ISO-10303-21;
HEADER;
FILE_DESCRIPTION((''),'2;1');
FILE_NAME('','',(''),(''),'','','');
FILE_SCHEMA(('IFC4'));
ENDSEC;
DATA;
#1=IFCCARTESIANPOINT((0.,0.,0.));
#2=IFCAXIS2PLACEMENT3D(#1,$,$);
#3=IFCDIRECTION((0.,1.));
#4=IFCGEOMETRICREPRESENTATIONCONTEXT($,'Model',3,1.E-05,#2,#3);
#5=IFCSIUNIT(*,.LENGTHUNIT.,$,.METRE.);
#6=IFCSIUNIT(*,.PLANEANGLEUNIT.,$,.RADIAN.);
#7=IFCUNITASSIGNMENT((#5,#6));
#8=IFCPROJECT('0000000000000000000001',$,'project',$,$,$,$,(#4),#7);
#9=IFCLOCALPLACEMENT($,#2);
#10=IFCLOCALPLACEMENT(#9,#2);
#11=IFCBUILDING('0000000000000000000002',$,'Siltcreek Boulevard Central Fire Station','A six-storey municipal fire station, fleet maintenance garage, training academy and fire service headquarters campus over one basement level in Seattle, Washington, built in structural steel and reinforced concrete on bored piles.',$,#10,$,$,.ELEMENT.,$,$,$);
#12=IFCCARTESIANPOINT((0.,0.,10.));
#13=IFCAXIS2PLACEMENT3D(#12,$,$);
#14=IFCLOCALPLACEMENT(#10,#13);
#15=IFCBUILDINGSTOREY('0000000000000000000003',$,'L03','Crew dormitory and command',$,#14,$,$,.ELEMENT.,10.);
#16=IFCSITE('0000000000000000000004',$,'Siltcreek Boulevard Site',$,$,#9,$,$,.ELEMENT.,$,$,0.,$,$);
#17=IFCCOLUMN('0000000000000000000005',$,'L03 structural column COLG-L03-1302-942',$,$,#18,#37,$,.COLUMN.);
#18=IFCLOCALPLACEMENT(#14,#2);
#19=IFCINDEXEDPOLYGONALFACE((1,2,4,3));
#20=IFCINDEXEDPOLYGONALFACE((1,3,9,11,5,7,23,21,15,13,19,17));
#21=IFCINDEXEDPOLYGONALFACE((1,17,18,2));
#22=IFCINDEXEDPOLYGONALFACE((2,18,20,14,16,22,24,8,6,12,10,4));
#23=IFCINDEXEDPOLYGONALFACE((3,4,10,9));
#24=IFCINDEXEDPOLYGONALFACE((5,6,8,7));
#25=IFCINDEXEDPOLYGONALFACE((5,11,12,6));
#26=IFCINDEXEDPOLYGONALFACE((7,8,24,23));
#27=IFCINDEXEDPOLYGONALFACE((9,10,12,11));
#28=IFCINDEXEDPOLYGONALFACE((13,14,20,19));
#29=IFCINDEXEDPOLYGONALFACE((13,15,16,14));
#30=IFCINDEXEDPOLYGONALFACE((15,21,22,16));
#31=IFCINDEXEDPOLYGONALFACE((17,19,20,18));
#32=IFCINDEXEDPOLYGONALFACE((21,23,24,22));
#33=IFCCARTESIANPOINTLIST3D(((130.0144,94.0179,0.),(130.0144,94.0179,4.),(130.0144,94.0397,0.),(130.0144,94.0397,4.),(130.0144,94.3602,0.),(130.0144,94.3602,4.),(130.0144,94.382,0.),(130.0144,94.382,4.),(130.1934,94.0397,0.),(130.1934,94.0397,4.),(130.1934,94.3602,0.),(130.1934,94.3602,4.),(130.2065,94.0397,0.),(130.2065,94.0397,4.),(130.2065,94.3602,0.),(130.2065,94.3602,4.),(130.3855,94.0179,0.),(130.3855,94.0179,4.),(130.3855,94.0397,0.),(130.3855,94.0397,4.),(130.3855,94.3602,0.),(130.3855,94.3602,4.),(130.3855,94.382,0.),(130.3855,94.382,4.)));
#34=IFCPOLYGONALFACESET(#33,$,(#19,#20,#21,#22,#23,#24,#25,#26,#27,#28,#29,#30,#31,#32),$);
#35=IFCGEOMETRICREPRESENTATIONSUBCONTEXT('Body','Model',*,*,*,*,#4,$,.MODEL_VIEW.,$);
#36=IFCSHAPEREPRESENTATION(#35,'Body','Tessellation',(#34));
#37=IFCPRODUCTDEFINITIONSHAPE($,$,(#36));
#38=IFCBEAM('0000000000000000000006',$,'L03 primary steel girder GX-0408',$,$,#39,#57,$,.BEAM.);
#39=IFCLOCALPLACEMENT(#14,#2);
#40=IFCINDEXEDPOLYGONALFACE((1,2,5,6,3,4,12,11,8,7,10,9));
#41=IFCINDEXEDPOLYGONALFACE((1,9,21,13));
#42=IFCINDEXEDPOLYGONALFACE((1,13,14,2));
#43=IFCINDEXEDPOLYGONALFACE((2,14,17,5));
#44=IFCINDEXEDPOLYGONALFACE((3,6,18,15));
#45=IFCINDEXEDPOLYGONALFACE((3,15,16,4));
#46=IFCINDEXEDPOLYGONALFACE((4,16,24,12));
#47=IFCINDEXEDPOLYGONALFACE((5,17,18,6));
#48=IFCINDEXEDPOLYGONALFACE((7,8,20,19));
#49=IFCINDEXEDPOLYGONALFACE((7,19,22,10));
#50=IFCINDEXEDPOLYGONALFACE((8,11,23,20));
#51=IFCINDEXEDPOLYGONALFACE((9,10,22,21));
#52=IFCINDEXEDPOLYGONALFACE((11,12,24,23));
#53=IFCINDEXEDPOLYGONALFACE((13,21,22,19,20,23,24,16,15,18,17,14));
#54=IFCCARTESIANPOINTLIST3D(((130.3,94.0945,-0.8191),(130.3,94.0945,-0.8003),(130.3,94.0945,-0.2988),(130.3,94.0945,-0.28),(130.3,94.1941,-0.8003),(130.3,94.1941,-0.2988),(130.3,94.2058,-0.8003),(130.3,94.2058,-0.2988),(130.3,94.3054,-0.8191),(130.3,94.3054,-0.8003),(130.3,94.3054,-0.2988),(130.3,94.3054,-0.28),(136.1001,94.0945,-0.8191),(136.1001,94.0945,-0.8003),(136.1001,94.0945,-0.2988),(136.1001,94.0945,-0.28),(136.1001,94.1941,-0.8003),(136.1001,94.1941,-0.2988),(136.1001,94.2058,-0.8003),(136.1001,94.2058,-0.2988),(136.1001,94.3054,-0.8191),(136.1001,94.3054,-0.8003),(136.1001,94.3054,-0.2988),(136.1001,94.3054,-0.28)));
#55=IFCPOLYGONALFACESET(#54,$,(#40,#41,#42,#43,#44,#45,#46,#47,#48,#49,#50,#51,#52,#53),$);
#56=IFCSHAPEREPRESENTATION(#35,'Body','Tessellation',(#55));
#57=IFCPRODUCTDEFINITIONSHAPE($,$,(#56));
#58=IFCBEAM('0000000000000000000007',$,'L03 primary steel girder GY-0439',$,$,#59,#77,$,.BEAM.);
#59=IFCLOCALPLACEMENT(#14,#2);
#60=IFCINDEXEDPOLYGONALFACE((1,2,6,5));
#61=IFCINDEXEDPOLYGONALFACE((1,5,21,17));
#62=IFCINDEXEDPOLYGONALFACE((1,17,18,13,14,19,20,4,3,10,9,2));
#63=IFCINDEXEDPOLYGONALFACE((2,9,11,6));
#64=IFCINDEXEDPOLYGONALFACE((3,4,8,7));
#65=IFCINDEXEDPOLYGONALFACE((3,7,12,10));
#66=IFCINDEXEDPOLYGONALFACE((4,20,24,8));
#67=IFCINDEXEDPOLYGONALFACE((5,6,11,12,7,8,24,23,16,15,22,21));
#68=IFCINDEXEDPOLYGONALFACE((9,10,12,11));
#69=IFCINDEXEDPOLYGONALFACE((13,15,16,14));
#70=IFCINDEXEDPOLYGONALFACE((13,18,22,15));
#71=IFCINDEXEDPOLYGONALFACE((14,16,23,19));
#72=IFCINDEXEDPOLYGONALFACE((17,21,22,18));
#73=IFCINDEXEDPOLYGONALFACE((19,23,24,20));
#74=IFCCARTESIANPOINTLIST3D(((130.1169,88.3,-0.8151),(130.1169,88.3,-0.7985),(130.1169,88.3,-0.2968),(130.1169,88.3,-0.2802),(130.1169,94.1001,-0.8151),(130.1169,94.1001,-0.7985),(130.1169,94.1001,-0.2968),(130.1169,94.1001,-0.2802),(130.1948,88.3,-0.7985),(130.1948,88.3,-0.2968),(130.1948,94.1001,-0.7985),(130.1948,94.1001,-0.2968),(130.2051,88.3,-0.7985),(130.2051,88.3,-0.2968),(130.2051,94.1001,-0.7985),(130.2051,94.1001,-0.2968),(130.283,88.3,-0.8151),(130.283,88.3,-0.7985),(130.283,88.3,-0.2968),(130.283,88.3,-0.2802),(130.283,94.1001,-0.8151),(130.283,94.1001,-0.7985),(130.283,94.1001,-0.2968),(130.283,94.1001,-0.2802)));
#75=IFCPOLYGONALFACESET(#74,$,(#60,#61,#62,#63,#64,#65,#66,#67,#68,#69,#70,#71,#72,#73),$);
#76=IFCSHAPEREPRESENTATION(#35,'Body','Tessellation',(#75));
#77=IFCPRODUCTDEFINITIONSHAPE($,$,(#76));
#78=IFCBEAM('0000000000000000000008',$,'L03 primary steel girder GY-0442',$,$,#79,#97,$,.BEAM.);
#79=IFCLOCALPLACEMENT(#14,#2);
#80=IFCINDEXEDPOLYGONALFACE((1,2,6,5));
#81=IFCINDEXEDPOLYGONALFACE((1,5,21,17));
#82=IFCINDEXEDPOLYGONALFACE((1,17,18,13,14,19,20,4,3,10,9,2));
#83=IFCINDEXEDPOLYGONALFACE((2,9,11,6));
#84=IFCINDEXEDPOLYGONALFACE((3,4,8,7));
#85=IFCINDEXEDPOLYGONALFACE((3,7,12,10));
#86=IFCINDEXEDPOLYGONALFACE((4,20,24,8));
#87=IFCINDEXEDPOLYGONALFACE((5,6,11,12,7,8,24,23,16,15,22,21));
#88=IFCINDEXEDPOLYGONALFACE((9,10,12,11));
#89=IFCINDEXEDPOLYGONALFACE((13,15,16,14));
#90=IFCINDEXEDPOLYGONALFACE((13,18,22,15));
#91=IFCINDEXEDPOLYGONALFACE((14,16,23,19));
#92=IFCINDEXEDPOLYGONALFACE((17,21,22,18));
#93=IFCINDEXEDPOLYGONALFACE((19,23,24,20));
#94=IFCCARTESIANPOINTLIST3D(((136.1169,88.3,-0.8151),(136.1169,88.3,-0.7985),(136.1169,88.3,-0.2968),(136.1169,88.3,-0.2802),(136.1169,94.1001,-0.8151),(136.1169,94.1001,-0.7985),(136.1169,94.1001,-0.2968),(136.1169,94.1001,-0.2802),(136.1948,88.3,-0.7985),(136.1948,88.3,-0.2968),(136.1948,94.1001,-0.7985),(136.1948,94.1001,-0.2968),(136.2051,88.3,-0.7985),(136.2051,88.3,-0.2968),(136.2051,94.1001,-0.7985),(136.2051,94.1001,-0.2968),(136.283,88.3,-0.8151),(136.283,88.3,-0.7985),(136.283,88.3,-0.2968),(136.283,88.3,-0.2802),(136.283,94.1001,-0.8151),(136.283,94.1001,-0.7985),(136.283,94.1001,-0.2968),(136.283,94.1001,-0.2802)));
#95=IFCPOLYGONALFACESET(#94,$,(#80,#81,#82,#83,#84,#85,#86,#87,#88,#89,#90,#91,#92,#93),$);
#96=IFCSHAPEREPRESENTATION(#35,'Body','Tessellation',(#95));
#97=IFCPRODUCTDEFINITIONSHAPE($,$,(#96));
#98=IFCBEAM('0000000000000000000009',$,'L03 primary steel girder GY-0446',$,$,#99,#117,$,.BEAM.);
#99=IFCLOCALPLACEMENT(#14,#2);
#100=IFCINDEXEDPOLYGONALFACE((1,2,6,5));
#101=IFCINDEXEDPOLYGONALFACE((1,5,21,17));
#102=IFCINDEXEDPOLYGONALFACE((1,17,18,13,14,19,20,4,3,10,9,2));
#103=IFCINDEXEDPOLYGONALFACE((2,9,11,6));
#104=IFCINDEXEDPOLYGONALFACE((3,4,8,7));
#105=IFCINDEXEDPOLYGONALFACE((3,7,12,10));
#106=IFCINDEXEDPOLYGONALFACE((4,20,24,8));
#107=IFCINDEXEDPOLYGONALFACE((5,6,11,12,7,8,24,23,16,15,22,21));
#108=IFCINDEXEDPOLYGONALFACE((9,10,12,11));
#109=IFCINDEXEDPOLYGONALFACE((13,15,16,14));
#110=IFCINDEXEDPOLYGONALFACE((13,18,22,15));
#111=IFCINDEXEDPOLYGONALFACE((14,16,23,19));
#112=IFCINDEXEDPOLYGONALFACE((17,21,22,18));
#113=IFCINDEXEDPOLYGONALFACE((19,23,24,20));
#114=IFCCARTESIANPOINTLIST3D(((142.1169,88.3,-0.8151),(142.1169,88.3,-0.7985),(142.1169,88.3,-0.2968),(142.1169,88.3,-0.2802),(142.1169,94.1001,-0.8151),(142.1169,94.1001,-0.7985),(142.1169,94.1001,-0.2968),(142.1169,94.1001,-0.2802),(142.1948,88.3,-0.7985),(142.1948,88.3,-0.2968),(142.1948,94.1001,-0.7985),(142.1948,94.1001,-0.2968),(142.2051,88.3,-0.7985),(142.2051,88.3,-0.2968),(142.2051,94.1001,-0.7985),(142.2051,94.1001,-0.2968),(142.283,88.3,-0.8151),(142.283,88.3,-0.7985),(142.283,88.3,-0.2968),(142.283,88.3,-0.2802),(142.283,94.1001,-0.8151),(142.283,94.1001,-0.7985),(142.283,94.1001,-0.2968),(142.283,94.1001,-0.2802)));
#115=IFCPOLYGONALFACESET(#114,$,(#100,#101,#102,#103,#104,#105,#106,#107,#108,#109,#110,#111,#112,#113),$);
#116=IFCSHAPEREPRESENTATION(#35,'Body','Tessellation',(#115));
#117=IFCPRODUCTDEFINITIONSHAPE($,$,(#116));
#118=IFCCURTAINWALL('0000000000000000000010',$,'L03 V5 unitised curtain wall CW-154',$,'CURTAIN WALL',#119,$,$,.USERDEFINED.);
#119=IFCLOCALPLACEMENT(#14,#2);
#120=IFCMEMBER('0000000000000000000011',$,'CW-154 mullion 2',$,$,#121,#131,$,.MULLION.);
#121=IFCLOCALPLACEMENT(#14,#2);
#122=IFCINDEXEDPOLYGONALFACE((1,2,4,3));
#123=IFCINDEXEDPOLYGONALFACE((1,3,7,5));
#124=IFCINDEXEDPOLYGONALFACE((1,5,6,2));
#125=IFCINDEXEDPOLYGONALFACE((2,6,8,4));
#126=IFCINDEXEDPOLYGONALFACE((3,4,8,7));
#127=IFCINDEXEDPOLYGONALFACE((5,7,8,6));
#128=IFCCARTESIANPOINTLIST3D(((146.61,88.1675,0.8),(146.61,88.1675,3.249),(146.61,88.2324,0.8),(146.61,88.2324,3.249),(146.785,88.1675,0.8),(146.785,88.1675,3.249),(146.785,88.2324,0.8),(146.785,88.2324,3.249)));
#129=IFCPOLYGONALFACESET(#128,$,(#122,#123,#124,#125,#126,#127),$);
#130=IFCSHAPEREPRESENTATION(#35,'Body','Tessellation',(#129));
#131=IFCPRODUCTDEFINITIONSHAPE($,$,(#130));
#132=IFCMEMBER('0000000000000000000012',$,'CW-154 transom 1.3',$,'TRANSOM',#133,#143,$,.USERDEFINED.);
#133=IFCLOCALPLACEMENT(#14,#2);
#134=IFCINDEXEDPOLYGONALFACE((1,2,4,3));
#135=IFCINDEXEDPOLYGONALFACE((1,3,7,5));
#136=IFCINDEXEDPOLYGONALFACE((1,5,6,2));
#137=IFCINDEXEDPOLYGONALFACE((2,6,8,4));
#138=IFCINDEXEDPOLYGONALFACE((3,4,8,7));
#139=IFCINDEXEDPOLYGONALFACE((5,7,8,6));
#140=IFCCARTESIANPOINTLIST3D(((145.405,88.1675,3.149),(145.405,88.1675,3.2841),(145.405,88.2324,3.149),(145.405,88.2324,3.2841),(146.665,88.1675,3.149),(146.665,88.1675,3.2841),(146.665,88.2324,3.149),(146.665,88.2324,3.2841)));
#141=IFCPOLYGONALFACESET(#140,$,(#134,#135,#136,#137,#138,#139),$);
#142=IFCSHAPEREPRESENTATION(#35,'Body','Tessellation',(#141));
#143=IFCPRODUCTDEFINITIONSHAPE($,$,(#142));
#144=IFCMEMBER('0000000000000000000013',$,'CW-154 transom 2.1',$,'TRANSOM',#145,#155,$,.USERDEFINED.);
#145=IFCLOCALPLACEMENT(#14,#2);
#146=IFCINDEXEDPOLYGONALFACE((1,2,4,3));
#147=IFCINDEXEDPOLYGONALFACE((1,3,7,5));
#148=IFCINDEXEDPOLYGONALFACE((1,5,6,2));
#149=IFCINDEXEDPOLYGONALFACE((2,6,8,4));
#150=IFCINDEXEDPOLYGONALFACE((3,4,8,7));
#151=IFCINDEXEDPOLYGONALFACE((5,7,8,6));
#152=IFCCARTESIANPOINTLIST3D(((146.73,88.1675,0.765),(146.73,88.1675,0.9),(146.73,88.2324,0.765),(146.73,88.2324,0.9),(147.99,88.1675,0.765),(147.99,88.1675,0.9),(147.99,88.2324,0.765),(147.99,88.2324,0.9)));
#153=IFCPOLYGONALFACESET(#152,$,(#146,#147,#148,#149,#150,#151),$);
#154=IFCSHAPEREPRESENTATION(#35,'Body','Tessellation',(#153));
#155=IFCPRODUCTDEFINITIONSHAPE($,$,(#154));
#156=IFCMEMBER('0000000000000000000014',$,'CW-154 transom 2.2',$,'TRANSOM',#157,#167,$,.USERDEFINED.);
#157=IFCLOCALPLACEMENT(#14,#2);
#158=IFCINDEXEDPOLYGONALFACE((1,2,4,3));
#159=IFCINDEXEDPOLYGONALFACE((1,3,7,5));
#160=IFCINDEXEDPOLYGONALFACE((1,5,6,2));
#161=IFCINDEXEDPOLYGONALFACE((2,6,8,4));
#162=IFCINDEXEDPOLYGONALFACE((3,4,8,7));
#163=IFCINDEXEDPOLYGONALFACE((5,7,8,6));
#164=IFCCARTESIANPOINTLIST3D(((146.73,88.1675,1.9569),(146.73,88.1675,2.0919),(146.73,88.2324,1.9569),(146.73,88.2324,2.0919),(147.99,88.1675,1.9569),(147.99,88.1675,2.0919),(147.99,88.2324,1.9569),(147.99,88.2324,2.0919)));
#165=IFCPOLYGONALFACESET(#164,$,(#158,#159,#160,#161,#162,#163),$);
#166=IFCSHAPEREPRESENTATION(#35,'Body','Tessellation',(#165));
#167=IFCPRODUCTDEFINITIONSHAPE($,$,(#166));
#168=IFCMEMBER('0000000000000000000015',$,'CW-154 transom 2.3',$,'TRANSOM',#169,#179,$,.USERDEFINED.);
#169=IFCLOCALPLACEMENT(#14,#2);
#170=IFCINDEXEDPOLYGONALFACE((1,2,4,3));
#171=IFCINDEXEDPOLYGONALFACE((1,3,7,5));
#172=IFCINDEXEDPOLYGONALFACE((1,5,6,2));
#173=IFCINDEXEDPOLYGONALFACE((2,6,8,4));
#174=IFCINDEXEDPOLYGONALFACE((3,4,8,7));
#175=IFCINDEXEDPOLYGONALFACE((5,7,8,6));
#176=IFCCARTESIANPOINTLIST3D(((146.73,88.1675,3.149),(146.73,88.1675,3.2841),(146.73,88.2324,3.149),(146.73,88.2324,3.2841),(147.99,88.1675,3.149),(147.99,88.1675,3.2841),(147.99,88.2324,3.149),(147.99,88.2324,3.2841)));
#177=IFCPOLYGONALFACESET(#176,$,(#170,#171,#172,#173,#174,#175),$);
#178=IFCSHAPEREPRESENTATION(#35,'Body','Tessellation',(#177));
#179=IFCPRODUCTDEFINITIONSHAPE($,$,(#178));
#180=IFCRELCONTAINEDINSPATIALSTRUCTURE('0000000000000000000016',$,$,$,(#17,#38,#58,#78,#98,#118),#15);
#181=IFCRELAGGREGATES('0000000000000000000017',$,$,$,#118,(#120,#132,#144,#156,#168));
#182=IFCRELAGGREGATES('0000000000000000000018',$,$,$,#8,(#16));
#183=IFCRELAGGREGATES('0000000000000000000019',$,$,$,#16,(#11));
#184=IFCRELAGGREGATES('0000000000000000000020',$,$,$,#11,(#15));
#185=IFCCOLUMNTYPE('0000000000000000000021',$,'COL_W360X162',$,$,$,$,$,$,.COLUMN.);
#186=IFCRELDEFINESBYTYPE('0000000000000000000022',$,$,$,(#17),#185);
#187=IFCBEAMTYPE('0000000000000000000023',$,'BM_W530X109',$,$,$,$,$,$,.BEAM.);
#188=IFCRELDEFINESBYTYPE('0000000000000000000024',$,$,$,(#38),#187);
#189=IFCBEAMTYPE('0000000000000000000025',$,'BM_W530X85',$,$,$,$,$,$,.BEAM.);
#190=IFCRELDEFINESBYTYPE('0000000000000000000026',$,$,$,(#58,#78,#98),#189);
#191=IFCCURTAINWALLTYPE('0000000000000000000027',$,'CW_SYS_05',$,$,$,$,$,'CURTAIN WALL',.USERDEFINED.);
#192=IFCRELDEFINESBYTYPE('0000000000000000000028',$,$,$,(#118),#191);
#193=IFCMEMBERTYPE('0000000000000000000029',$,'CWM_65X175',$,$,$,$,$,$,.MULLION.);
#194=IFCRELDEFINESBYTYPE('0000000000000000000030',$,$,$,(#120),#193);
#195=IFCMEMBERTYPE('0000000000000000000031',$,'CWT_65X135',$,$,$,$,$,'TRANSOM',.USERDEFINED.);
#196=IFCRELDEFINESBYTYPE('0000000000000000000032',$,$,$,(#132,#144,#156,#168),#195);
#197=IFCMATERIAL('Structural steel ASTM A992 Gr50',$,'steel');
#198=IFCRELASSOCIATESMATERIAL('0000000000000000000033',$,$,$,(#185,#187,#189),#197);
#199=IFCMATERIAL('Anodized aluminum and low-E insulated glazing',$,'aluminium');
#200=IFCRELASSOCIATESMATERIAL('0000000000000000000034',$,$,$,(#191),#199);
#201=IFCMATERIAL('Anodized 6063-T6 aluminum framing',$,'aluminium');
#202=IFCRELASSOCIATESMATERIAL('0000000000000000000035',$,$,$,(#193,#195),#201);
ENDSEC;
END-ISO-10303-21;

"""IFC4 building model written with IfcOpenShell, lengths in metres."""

from ifc_helpers import new_model, si_unit, direction, frame, origin, origin_2d, place, context, subcontext, project, spatial, rectangle, i_section, extrude, material, material_profile, profile_set, type_object, element, aggregate, save


model = new_model("IFC4")

# Units and contexts
model_context = context("Model", 3, precision=1e-05, world=origin(), true_north=direction((0.0, 1.0)))
body_context = subcontext(model_context, "Body", "Model", "MODEL_VIEW")
ifc_project = project(units=[si_unit("LENGTHUNIT", "METRE"), si_unit("PLANEANGLEUNIT", "RADIAN")], contexts=[model_context])

# Site, building, storey
site_placement = place(None, origin())
site = spatial("IfcSite", under=ifc_project, at=site_placement, Name="Siltcreek Boulevard Site", CompositionType="ELEMENT", RefElevation=0.0)
building_placement = place(site_placement, origin())
building = spatial("IfcBuilding", under=site, at=building_placement, Name="Siltcreek Boulevard Central Fire Station", Description="A six-storey municipal fire station, fleet maintenance garage, training academy and fire service headquarters campus over one basement level in Seattle, Washington, built in structural steel and reinforced concrete on bored piles.", CompositionType="ELEMENT")
storey_placement = place(building_placement, frame((0.0, 0.0, 10.0)))
storey = spatial("IfcBuildingStorey", under=building, at=storey_placement, Name="L03", Description="Crew dormitory and command", CompositionType="ELEMENT", Elevation=10.0)

# Column
ifc_material_1 = material(Name="Structural steel ASTM A992 Gr50", Category="steel")
ifc_material_profile_1 = material_profile(ifc_material_1, i_section(OverallWidth=0.3711, OverallDepth=0.364, WebThickness=0.0132, FlangeThickness=0.0217, at=origin_2d()), Name="W360X162")
ifc_profile_set_1 = profile_set([ifc_material_profile_1], Name="Structural steel ASTM A992 Gr50")
column_type = type_object("IfcColumnType", Name="COL_W360X162", PredefinedType="COLUMN", material=ifc_profile_set_1)
column_placement = place(storey_placement, frame((130.2, 94.2, 0.0), z_axis=(0.0, 0.0, 1.0), x_axis=(1.0, 0.0, 0.0)))
element("IfcColumn", 1, at=column_placement, inside=storey, type_object=column_type, Name="L03 structural column COLG-L03-1302-942", PredefinedType="COLUMN", context=body_context, shape_type="SweptSolid", body=[
    extrude(i_section(OverallWidth=0.3711, OverallDepth=0.364, WebThickness=0.0132, FlangeThickness=0.0217, at=origin_2d()), origin(), (0.0, 0.0, 1.0), 4.0),
])

# Beams
ifc_material_profile_2 = material_profile(ifc_material_1, i_section(OverallWidth=0.2109, OverallDepth=0.5391, WebThickness=0.0117, FlangeThickness=0.0188, at=origin_2d()), Name="W530X109")
ifc_profile_set_2 = profile_set([ifc_material_profile_2], Name="Structural steel ASTM A992 Gr50")
beam_type_1 = type_object("IfcBeamType", Name="BM_W530X109", PredefinedType="BEAM", material=ifc_profile_set_2)
beam_1_placement = place(storey_placement, frame((130.3, 94.2, -0.5496), z_axis=(1.0, 0.0, 0.0), x_axis=(0.0, 1.0, 0.0)))
element("IfcBeam", 2, at=beam_1_placement, inside=storey, type_object=beam_type_1, Name="L03 primary steel girder GX-0408", PredefinedType="BEAM", context=body_context, shape_type="SweptSolid", body=[
    extrude(i_section(OverallWidth=0.2109, OverallDepth=0.5391, WebThickness=0.0117, FlangeThickness=0.0188, at=origin_2d()), origin(), (0.0, 0.0, 1.0), 5.8),
])
ifc_material_profile_3 = material_profile(ifc_material_1, i_section(OverallWidth=0.166, OverallDepth=0.5349, WebThickness=0.0103, FlangeThickness=0.0166, at=origin_2d()), Name="W530X85")
ifc_profile_set_3 = profile_set([ifc_material_profile_3], Name="Structural steel ASTM A992 Gr50")
beam_type_2 = type_object("IfcBeamType", Name="BM_W530X85", PredefinedType="BEAM", material=ifc_profile_set_3)
for number, where, z_axis, x_axis, name in (
    (3, (130.2, 88.3, -0.5476), (0.0, 1.0, 0.0), (-1.0, 0.0, 0.0), "L03 primary steel girder GY-0439"),
    (4, (136.2, 88.3, -0.5476), (0.0, 1.0, 0.0), (-1.0, 0.0, 0.0), "L03 primary steel girder GY-0442"),
    (5, (142.2, 88.3, -0.5476), (0.0, 1.0, 0.0), (-1.0, 0.0, 0.0), "L03 primary steel girder GY-0446"),
):
    element("IfcBeam", number, at=place(storey_placement, frame(where, z_axis=z_axis, x_axis=x_axis)), inside=storey, type_object=beam_type_2, Name=name, PredefinedType="BEAM", context=body_context, shape_type="SweptSolid", body=[
        extrude(i_section(OverallWidth=0.166, OverallDepth=0.5349, WebThickness=0.0103, FlangeThickness=0.0166, at=origin_2d()), origin(), (0.0, 0.0, 1.0), 5.8),
    ])

# Curtain wall, members
ifc_material_2 = material(Name="Anodized aluminum and low-E insulated glazing", Category="aluminium")
curtain_wall_type = type_object("IfcCurtainWallType", Name="CW_SYS_05", ElementType="CURTAIN WALL", PredefinedType="USERDEFINED", material=ifc_material_2)
curtain_wall_placement = place(storey_placement, origin())
curtain_wall = element("IfcCurtainWall", 6, at=curtain_wall_placement, inside=storey, type_object=curtain_wall_type, Name="L03 V5 unitised curtain wall CW-154", ObjectType="CURTAIN WALL", PredefinedType="USERDEFINED")
ifc_material_3 = material(Name="Anodized 6063-T6 aluminum framing", Category="aluminium")
ifc_material_profile_4 = material_profile(ifc_material_3, rectangle(XDim=0.0649, YDim=0.175, at=origin_2d()), Name="MULL65X175")
ifc_profile_set_4 = profile_set([ifc_material_profile_4], Name="Anodized 6063-T6 aluminum framing")
member_type_1 = type_object("IfcMemberType", Name="CWM_65X175", PredefinedType="MULLION", material=ifc_profile_set_4)
member_1_placement = place(storey_placement, frame((146.6975, 88.2, 0.8), z_axis=(0.0, 0.0, 1.0), x_axis=(0.0, 1.0, 0.0)))
member_1 = element("IfcMember", 7, at=member_1_placement, type_object=member_type_1, Name="CW-154 mullion 2", PredefinedType="MULLION", context=body_context, shape_type="SweptSolid", body=[
    extrude(rectangle(XDim=0.0649, YDim=0.175, at=origin_2d()), origin(), (0.0, 0.0, 1.0), 2.449),
])
ifc_material_profile_5 = material_profile(ifc_material_3, rectangle(XDim=0.0649, YDim=0.135, at=origin_2d()), Name="TRAN65X135")
ifc_profile_set_5 = profile_set([ifc_material_profile_5], Name="Anodized 6063-T6 aluminum framing")
member_type_2 = type_object("IfcMemberType", Name="CWT_65X135", ElementType="TRANSOM", PredefinedType="USERDEFINED", material=ifc_profile_set_5)
member_2_placement = place(storey_placement, frame((145.405, 88.2, 3.2166), z_axis=(1.0, 0.0, 0.0), x_axis=(0.0, 1.0, 0.0)))
member_2 = element("IfcMember", 8, at=member_2_placement, type_object=member_type_2, Name="CW-154 transom 1.3", ObjectType="TRANSOM", PredefinedType="USERDEFINED", context=body_context, shape_type="SweptSolid", body=[
    extrude(rectangle(XDim=0.0649, YDim=0.135, at=origin_2d()), origin(), (0.0, 0.0, 1.0), 1.26),
])
member_3_placement = place(storey_placement, frame((146.73, 88.2, 0.8325), z_axis=(1.0, 0.0, 0.0), x_axis=(0.0, 1.0, 0.0)))
member_3 = element("IfcMember", 9, at=member_3_placement, type_object=member_type_2, Name="CW-154 transom 2.1", ObjectType="TRANSOM", PredefinedType="USERDEFINED", context=body_context, shape_type="SweptSolid", body=[
    extrude(rectangle(XDim=0.0649, YDim=0.135, at=origin_2d()), origin(), (0.0, 0.0, 1.0), 1.26),
])
member_4_placement = place(storey_placement, frame((146.73, 88.2, 2.0244), z_axis=(1.0, 0.0, 0.0), x_axis=(0.0, 1.0, 0.0)))
member_4 = element("IfcMember", 10, at=member_4_placement, type_object=member_type_2, Name="CW-154 transom 2.2", ObjectType="TRANSOM", PredefinedType="USERDEFINED", context=body_context, shape_type="SweptSolid", body=[
    extrude(rectangle(XDim=0.0649, YDim=0.135, at=origin_2d()), origin(), (0.0, 0.0, 1.0), 1.26),
])
member_5_placement = place(storey_placement, frame((146.73, 88.2, 3.2166), z_axis=(1.0, 0.0, 0.0), x_axis=(0.0, 1.0, 0.0)))
member_5 = element("IfcMember", 11, at=member_5_placement, type_object=member_type_2, Name="CW-154 transom 2.3", ObjectType="TRANSOM", PredefinedType="USERDEFINED", context=body_context, shape_type="SweptSolid", body=[
    extrude(rectangle(XDim=0.0649, YDim=0.135, at=origin_2d()), origin(), (0.0, 0.0, 1.0), 1.26),
])

aggregate(curtain_wall, [member_1, member_2, member_3, member_4, member_5])

save(model, "model.ifc")
